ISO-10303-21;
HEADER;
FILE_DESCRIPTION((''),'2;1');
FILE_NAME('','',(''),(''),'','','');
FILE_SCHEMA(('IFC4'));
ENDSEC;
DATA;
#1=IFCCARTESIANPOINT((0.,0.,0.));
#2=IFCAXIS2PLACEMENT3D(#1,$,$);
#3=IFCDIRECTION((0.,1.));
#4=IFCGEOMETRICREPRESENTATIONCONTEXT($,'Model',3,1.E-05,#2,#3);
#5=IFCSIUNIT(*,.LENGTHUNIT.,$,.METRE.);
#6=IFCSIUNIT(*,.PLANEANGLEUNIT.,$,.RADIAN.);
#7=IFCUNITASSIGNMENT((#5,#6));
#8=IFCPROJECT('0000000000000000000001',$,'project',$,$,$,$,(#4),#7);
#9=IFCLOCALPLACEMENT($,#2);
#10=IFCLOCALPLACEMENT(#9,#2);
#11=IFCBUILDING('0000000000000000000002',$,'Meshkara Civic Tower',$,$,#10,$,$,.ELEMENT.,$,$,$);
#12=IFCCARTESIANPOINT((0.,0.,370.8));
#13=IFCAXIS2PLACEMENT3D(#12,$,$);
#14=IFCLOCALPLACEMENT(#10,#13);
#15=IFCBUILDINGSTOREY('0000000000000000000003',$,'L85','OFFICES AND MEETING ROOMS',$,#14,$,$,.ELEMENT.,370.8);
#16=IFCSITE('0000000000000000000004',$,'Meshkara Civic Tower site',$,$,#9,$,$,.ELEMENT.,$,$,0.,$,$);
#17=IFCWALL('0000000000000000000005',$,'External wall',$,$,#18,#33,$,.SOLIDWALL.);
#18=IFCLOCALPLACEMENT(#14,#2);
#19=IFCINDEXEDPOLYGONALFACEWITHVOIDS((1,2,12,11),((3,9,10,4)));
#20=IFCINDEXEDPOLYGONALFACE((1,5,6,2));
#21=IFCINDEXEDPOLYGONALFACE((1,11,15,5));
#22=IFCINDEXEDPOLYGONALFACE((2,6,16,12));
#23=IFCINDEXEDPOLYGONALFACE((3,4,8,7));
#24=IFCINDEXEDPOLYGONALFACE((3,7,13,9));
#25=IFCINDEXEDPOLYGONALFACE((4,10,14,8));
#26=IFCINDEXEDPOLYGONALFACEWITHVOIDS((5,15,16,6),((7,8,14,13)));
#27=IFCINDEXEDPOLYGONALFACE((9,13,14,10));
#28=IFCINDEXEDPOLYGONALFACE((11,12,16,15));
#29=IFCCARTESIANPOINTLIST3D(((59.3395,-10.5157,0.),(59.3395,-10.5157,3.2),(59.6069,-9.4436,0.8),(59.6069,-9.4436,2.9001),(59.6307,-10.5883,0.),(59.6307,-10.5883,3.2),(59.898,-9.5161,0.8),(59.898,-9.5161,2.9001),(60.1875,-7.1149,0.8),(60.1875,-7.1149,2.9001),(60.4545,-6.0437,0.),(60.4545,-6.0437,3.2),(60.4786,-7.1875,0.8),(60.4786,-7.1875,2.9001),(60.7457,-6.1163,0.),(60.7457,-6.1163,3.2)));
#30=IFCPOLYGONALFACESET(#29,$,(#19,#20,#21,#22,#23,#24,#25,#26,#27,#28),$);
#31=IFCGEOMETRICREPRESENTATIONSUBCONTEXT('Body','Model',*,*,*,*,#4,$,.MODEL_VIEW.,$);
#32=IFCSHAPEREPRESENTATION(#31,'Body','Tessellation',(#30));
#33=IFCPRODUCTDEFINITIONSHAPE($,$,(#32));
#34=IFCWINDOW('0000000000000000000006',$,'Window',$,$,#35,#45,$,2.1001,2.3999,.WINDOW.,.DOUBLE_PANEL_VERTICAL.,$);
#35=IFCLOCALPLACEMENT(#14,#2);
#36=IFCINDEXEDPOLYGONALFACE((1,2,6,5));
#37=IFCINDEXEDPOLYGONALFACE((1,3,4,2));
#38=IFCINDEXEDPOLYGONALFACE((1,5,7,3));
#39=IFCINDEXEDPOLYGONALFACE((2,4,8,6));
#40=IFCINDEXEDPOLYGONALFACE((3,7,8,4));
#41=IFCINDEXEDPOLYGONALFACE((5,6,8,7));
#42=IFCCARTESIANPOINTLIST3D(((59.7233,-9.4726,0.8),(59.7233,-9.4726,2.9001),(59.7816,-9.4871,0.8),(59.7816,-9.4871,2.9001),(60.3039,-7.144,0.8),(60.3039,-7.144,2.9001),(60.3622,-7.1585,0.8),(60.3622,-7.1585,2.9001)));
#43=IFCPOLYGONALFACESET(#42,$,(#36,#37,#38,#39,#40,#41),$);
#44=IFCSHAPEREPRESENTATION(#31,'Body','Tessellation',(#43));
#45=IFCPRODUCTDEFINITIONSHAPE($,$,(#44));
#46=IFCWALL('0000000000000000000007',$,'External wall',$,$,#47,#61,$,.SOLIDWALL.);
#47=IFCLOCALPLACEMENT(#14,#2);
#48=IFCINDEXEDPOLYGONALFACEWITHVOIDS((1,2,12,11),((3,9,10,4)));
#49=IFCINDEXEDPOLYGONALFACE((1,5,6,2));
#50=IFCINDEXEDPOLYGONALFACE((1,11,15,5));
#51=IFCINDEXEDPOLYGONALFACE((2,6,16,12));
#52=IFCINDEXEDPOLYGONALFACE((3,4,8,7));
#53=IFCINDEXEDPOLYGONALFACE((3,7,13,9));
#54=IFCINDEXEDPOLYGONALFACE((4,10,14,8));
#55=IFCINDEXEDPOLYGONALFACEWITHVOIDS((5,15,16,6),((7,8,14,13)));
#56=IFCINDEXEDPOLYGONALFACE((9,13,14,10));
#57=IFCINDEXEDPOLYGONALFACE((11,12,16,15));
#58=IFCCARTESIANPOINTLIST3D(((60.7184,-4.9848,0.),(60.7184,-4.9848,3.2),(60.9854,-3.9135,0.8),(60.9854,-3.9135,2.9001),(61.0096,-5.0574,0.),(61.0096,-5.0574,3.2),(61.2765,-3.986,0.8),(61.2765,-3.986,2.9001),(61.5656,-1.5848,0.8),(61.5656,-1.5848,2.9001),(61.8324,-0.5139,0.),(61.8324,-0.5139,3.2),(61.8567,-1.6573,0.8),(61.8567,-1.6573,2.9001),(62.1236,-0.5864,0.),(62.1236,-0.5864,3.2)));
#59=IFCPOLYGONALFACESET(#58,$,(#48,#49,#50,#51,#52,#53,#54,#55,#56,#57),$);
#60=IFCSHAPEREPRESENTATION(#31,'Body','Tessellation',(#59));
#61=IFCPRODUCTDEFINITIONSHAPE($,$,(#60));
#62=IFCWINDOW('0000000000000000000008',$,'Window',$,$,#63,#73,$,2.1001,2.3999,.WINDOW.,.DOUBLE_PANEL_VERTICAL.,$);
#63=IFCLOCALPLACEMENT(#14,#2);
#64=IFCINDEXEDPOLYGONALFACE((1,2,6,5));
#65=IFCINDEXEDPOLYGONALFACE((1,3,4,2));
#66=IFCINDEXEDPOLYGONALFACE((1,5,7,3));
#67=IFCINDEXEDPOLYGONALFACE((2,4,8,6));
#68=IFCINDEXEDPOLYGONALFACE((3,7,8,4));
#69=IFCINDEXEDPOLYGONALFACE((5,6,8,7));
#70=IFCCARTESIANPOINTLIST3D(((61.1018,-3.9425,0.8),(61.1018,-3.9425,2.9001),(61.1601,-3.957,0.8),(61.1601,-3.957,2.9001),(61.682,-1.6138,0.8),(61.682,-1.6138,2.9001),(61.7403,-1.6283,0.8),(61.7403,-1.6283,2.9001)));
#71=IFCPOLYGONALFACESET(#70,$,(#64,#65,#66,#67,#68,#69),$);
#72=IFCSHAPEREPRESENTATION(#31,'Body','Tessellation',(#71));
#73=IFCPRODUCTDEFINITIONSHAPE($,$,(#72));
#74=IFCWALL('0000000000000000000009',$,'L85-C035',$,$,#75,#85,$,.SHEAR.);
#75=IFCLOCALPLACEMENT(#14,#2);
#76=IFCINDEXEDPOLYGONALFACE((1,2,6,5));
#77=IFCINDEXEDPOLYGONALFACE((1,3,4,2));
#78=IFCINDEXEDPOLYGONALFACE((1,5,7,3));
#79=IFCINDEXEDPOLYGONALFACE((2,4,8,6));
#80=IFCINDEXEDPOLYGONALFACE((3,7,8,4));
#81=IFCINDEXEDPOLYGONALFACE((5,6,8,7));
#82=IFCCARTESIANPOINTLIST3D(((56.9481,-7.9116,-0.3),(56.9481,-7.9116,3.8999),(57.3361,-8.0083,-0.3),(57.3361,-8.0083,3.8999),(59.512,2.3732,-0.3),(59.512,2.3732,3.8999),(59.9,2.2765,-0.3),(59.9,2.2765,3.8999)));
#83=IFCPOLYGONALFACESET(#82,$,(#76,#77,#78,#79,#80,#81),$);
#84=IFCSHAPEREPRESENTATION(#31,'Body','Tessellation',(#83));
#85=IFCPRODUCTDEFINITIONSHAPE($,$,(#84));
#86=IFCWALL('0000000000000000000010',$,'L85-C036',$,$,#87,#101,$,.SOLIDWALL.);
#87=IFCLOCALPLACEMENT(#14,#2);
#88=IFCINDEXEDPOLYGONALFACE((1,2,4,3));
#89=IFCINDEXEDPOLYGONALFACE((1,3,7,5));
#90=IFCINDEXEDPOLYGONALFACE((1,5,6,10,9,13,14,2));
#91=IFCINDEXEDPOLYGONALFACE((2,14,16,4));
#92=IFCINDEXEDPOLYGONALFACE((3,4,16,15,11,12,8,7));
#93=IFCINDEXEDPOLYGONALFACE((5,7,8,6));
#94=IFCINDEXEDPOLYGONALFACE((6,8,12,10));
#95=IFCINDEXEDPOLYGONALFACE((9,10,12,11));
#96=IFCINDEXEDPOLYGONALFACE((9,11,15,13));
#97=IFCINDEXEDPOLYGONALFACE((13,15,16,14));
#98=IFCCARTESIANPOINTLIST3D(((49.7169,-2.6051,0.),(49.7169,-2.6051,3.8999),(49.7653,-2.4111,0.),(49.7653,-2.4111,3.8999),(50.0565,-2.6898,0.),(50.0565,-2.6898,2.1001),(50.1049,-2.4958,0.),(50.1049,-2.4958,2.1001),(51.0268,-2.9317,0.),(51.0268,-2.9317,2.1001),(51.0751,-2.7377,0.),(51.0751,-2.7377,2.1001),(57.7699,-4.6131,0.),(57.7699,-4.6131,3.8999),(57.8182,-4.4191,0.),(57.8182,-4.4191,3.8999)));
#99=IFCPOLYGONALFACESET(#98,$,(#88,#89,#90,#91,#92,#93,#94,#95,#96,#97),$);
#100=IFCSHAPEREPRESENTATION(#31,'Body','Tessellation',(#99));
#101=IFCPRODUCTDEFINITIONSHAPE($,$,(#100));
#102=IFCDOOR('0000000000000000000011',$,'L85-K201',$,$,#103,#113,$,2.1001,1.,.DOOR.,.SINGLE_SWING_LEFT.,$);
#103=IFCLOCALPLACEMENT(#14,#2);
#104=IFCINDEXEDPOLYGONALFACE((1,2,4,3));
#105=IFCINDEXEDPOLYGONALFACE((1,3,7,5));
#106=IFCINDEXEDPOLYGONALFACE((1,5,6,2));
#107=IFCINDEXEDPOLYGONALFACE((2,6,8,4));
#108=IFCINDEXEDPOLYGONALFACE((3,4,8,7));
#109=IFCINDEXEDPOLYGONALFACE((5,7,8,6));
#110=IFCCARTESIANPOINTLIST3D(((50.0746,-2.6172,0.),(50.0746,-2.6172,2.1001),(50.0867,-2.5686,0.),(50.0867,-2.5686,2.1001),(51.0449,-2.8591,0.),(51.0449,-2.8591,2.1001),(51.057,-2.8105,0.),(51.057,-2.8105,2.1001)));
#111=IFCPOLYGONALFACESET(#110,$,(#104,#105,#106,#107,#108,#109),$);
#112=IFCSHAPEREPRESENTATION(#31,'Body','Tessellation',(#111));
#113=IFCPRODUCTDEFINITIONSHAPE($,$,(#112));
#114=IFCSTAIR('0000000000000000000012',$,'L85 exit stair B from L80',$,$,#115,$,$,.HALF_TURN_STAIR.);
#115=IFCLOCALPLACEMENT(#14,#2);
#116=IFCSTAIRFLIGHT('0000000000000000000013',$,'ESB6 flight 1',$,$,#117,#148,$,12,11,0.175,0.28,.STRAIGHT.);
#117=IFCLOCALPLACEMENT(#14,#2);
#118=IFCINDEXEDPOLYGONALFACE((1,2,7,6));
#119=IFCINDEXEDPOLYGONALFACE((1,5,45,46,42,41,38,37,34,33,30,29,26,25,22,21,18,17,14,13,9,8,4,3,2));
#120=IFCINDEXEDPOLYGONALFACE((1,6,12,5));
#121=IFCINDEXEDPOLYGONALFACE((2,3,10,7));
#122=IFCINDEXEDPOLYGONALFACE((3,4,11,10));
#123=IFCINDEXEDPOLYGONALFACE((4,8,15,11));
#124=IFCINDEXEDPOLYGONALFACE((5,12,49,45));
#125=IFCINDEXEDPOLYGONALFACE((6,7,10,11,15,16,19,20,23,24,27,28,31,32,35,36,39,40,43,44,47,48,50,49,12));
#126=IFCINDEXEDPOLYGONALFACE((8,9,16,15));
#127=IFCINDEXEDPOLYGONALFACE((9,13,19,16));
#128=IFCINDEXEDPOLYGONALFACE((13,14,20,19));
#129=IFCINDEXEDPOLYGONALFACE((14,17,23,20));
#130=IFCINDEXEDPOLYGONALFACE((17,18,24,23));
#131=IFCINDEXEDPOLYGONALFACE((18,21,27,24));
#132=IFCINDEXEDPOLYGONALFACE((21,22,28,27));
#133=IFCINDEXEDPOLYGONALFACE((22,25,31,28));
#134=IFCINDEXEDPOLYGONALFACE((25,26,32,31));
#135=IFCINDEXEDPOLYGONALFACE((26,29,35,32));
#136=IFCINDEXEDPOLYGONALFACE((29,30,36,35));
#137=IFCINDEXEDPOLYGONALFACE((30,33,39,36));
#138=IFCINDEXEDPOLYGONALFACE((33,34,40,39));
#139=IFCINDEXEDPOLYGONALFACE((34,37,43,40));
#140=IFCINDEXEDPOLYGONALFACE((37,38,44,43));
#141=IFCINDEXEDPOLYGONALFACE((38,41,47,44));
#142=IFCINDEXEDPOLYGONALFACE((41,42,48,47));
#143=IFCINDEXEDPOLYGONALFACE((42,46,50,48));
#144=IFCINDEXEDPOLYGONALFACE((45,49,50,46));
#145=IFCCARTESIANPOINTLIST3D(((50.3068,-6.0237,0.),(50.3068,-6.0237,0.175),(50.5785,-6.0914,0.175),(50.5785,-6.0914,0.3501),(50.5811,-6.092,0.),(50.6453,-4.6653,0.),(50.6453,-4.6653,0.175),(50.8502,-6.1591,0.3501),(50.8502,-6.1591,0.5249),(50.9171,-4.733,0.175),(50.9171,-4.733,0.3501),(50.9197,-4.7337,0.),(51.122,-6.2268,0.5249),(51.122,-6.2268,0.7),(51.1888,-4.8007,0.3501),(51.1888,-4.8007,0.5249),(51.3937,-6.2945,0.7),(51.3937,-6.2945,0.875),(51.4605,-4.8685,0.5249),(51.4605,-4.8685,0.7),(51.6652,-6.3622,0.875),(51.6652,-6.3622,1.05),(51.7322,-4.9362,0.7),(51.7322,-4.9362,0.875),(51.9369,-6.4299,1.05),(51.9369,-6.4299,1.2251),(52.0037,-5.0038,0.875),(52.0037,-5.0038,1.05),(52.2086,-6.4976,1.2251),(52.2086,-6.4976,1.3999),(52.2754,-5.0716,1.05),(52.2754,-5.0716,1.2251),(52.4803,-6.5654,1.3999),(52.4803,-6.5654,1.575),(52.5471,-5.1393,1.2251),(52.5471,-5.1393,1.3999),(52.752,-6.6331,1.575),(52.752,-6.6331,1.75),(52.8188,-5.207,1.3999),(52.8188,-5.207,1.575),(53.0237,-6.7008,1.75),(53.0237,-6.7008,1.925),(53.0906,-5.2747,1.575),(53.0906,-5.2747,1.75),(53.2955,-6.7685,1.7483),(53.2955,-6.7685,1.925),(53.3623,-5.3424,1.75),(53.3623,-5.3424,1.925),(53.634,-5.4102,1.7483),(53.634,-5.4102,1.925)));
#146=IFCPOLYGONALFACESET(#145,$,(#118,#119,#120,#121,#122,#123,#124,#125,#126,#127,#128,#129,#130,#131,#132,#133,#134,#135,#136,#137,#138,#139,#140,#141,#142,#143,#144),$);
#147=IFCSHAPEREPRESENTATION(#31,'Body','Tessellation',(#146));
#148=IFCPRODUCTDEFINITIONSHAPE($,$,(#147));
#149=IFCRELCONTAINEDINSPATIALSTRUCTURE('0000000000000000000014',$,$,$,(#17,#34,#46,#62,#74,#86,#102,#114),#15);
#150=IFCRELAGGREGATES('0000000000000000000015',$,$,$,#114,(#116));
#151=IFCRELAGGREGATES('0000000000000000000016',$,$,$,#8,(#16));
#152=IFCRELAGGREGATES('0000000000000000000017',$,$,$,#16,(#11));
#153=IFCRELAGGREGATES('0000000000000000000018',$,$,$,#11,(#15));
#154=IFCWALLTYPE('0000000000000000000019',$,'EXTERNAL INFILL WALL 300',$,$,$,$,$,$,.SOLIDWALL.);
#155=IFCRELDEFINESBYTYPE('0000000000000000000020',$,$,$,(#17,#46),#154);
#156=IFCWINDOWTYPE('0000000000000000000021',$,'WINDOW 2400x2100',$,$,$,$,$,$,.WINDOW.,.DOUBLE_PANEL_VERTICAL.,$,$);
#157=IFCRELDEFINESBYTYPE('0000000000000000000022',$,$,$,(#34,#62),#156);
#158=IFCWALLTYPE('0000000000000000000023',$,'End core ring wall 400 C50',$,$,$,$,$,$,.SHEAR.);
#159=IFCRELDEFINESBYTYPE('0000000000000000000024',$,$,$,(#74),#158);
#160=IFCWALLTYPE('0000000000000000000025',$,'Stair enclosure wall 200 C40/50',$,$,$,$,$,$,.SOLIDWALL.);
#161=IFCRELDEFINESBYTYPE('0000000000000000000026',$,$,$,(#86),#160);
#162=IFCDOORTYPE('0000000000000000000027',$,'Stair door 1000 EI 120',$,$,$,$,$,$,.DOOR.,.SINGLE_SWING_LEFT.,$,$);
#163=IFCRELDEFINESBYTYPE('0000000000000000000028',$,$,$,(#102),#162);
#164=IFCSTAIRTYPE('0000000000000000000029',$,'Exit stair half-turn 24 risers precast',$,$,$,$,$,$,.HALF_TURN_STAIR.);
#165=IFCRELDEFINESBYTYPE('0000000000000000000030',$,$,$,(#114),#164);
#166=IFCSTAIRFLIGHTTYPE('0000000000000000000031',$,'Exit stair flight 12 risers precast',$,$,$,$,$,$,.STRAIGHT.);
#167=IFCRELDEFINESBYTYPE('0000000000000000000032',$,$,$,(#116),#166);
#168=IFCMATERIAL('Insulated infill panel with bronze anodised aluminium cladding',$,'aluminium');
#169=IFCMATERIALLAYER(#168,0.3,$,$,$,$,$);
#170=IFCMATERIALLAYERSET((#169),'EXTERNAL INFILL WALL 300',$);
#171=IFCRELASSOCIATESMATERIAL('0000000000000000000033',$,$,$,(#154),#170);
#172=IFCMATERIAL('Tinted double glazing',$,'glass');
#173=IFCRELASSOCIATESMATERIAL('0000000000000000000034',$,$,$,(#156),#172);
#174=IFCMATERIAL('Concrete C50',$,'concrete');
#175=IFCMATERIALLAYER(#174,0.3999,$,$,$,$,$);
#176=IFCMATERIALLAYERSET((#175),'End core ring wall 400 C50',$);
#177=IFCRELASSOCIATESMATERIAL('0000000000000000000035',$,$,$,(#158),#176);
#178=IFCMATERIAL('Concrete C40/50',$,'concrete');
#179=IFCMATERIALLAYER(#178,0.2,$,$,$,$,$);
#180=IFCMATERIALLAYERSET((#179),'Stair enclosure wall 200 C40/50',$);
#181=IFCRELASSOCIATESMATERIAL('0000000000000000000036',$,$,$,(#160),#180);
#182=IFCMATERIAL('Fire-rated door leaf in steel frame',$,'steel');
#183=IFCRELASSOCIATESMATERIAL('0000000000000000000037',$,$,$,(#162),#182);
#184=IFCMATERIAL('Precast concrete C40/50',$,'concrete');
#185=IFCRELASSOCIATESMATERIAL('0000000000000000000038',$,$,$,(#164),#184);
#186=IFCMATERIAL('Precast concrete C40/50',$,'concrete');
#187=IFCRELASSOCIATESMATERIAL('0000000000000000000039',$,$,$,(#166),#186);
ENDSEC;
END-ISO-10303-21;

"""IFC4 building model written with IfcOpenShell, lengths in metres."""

from ifc_helpers import new_model, si_unit, direction, frame, frame_2d, origin, place, context, subcontext, project, spatial, polyline, rectangle, outline, extrude, material, layer, layer_set, type_object, element, fill, aggregate, save


model = new_model("IFC4")

# Units and contexts
model_context = context("Model", 3, precision=1e-05, world=origin(), true_north=direction((0.0, 1.0)))
body_context = subcontext(model_context, "Body", "Model", "MODEL_VIEW")
ifc_project = project(units=[si_unit("LENGTHUNIT", "METRE"), si_unit("PLANEANGLEUNIT", "RADIAN")], contexts=[model_context])

# Site, building, storey
site_placement = place(None, origin())
site = spatial("IfcSite", under=ifc_project, at=site_placement, Name="Meshkara Civic Tower site", CompositionType="ELEMENT", RefElevation=0.0)
building_placement = place(site_placement, origin())
building = spatial("IfcBuilding", under=site, at=building_placement, Name="Meshkara Civic Tower", CompositionType="ELEMENT")
storey_placement = place(building_placement, frame((0.0, 0.0, 370.8)))
storey = spatial("IfcBuildingStorey", under=building, at=storey_placement, Name="L85", Description="OFFICES AND MEETING ROOMS", CompositionType="ELEMENT", Elevation=370.8)

# Walls, openings, windows
ifc_material_1 = material(Name="Insulated infill panel with bronze anodised aluminium cladding", Category="aluminium")
ifc_layer_1 = layer(ifc_material_1, 0.3)
ifc_layer_set_1 = layer_set([ifc_layer_1], Name="EXTERNAL INFILL WALL 300")
wall_type_1 = type_object("IfcWallType", Name="EXTERNAL INFILL WALL 300", PredefinedType="SOLIDWALL", material=ifc_layer_set_1)
ifc_material_2 = material(Name="Tinted double glazing", Category="glass")
window_type = type_object("IfcWindowType", Name="WINDOW 2400x2100", PartitioningType="DOUBLE_PANEL_VERTICAL", PredefinedType="WINDOW", material=ifc_material_2)
wall_1_placement = place(storey_placement, frame((59.4851, -10.552, 0.0), z_axis=(0.0, 0.0, 1.0), x_axis=(0.241925, 0.970295, 0.0)))
wall_1 = element("IfcWall", 1, at=wall_1_placement, inside=storey, type_object=wall_type_1, Name="External wall", PredefinedType="SOLIDWALL", context=body_context, shape_type="SweptSolid", body=[
    extrude(rectangle(XDim=4.6089, YDim=0.3, at=frame_2d((2.3044, 0.0))), origin(), (0.0, 0.0, 1.0), 3.2),
])
opening_1_placement = place(wall_1_placement, frame((1.105, 0.0, 0.8)))
opening_1 = element("IfcOpeningElement", 2, at=opening_1_placement, cuts=wall_1, PredefinedType="OPENING", context=body_context, shape_type="SweptSolid", body=[
    extrude(rectangle(XDim=2.3999, YDim=2.1001, at=frame_2d((1.2, 1.05))), frame((0.0, 0.1599, 0.0), z_axis=(0.0, -1.0, 0.0), x_axis=(1.0, 0.0, 0.0)), (0.0, 0.0, 1.0), 0.3201),
])
window_1_placement = place(opening_1_placement, origin())
window_1 = element("IfcWindow", 3, at=window_1_placement, inside=storey, type_object=window_type, Name="Window", OverallHeight=2.1001, OverallWidth=2.3999, PartitioningType="DOUBLE_PANEL_VERTICAL", PredefinedType="WINDOW", context=body_context, shape_type="SweptSolid", body=[
    extrude(rectangle(XDim=2.3999, YDim=2.1001, at=frame_2d((1.2, 1.05))), frame((0.0, 0.03, 0.0), z_axis=(0.0, -1.0, 0.0), x_axis=(1.0, 0.0, 0.0)), (0.0, 0.0, 1.0), 0.0601),
])
fill(opening_1, window_1)
wall_2_placement = place(storey_placement, frame((60.864, -5.021, 0.0), z_axis=(0.0, 0.0, 1.0), x_axis=(0.241775, 0.970332, 0.0)))
wall_2 = element("IfcWall", 4, at=wall_2_placement, inside=storey, type_object=wall_type_1, Name="External wall", PredefinedType="SOLIDWALL", context=body_context, shape_type="SweptSolid", body=[
    extrude(rectangle(XDim=4.6077, YDim=0.3, at=frame_2d((2.3037, 0.0))), origin(), (0.0, 0.0, 1.0), 3.2),
])
opening_2_placement = place(wall_2_placement, frame((1.104, 0.0, 0.8)))
opening_2 = element("IfcOpeningElement", 5, at=opening_2_placement, cuts=wall_2, PredefinedType="OPENING", context=body_context, shape_type="SweptSolid", body=[
    extrude(rectangle(XDim=2.3999, YDim=2.1001, at=frame_2d((1.2, 1.05))), frame((0.0, 0.1599, 0.0), z_axis=(0.0, -1.0, 0.0), x_axis=(1.0, 0.0, 0.0)), (0.0, 0.0, 1.0), 0.3201),
])
window_2_placement = place(opening_2_placement, origin())
window_2 = element("IfcWindow", 6, at=window_2_placement, inside=storey, type_object=window_type, Name="Window", OverallHeight=2.1001, OverallWidth=2.3999, PartitioningType="DOUBLE_PANEL_VERTICAL", PredefinedType="WINDOW", context=body_context, shape_type="SweptSolid", body=[
    extrude(rectangle(XDim=2.3999, YDim=2.1001, at=frame_2d((1.2, 1.05))), frame((0.0, 0.03, 0.0), z_axis=(0.0, -1.0, 0.0), x_axis=(1.0, 0.0, 0.0)), (0.0, 0.0, 1.0), 0.0601),
])
fill(opening_2, window_2)

# Wall
ifc_material_3 = material(Name="Concrete C50", Category="concrete")
ifc_layer_2 = layer(ifc_material_3, 0.3999)
ifc_layer_set_2 = layer_set([ifc_layer_2], Name="End core ring wall 400 C50")
wall_type_2 = type_object("IfcWallType", Name="End core ring wall 400 C50", PredefinedType="SHEAR", material=ifc_layer_set_2)
wall_3_placement = place(storey_placement, frame((57.1421, -7.96, -0.3), z_axis=(0.0, 0.0, 1.0), x_axis=(0.241891, 0.970304, 0.0)))
element("IfcWall", 7, at=wall_3_placement, inside=storey, type_object=wall_type_2, Name="L85-C035", PredefinedType="SHEAR", context=body_context, shape_type="SweptSolid", body=[
    extrude(rectangle(XDim=10.5996, YDim=0.3999, at=frame_2d((5.2998, 0.0))), origin(), (0.0, 0.0, 1.0), 4.2),
])

# Wall, opening, door
ifc_material_4 = material(Name="Concrete C40/50", Category="concrete")
ifc_layer_3 = layer(ifc_material_4, 0.2)
ifc_layer_set_3 = layer_set([ifc_layer_3], Name="Stair enclosure wall 200 C40/50")
wall_type_3 = type_object("IfcWallType", Name="Stair enclosure wall 200 C40/50", PredefinedType="SOLIDWALL", material=ifc_layer_set_3)
wall_4_placement = place(storey_placement, frame((49.741, -2.5081, 0.0), z_axis=(0.0, 0.0, 1.0), x_axis=(0.970289, -0.241947, 0.0)))
wall_4 = element("IfcWall", 8, at=wall_4_placement, inside=storey, type_object=wall_type_3, Name="L85-C036", PredefinedType="SOLIDWALL", context=body_context, shape_type="SweptSolid", body=[
    extrude(rectangle(XDim=8.2996, YDim=0.2, at=frame_2d((4.1499, 0.0))), origin(), (0.0, 0.0, 1.0), 3.8999),
])
opening_3_placement = place(wall_4_placement, frame((0.3501, 0.0, 0.0)))
opening_3 = element("IfcOpeningElement", 9, at=opening_3_placement, cuts=wall_4, PredefinedType="OPENING", context=body_context, shape_type="SweptSolid", body=[
    extrude(rectangle(XDim=1.0, YDim=2.1001, at=frame_2d((0.5, 1.05))), frame((0.0, 0.1099, 0.0), z_axis=(0.0, -1.0, 0.0), x_axis=(1.0, 0.0, 0.0)), (0.0, 0.0, 1.0), 0.22),
])
ifc_material_5 = material(Name="Fire-rated door leaf in steel frame", Category="steel")
door_type = type_object("IfcDoorType", Name="Stair door 1000 EI 120", OperationType="SINGLE_SWING_LEFT", PredefinedType="DOOR", material=ifc_material_5)
door_placement = place(opening_3_placement, origin())
door = element("IfcDoor", 10, at=door_placement, inside=storey, type_object=door_type, Name="L85-K201", OperationType="SINGLE_SWING_LEFT", OverallHeight=2.1001, OverallWidth=1.0, PredefinedType="DOOR", context=body_context, shape_type="SweptSolid", body=[
    extrude(rectangle(XDim=1.0, YDim=2.1001, at=frame_2d((0.5, 1.05))), frame((0.0, 0.0249, 0.0), z_axis=(0.0, -1.0, 0.0), x_axis=(1.0, 0.0, 0.0)), (0.0, 0.0, 1.0), 0.05),
])
fill(opening_3, door)

# Stair, stair flight
ifc_material_6 = material(Name="Precast concrete C40/50", Category="concrete")
stair_type = type_object("IfcStairType", Name="Exit stair half-turn 24 risers precast", PredefinedType="HALF_TURN_STAIR", material=ifc_material_6)
stair_placement = place(storey_placement, origin())
stair = element("IfcStair", 11, at=stair_placement, inside=storey, type_object=stair_type, Name="L85 exit stair B from L80", PredefinedType="HALF_TURN_STAIR")
ifc_material_7 = material(Name="Precast concrete C40/50", Category="concrete")
stair_flight_type = type_object("IfcStairFlightType", Name="Exit stair flight 12 risers precast", PredefinedType="STRAIGHT", material=ifc_material_7)
stair_flight_1_placement = place(storey_placement, frame((50.4761, -5.3445, 0.0), z_axis=(0.0, 0.0, 1.0), x_axis=(0.970319, -0.24183, 0.0)))
stair_flight_1 = element("IfcStairFlight", 12, at=stair_flight_1_placement, type_object=stair_flight_type, Name="ESB6 flight 1", NumberOfRisers=12, NumberOfTreads=11, PredefinedType="STRAIGHT", RiserHeight=0.175, TreadLength=0.28, context=body_context, shape_type="SweptSolid", body=[
    extrude(outline(polyline([(0.0, 0.0), (0.0, 0.175), (0.28, 0.175), (0.28, 0.3501), (0.5601, 0.3501), (0.5601, 0.5249), (0.8401, 0.5249), (0.8401, 0.7), (1.1201, 0.7), (1.1201, 0.875), (1.3999, 0.875), (1.3999, 1.05), (1.6799, 1.05), (1.6799, 1.2251), (1.96, 1.2251), (1.96, 1.3999), (2.24, 1.3999), (2.24, 1.575), (2.52, 1.575), (2.52, 1.75), (2.8, 1.75), (2.8, 1.925), (3.0801, 1.925), (3.0801, 2.1001), (3.0801, 1.7483), (0.2827, 0.0), (0.0, 0.0)])), frame((0.0, 0.7, 0.0), z_axis=(0.0, -1.0, 0.0), x_axis=(1.0, 0.0, 0.0)), (0.0, 0.0, 1.0), 1.3999),
])
aggregate(stair, [stair_flight_1])

save(model, "model.ifc")
